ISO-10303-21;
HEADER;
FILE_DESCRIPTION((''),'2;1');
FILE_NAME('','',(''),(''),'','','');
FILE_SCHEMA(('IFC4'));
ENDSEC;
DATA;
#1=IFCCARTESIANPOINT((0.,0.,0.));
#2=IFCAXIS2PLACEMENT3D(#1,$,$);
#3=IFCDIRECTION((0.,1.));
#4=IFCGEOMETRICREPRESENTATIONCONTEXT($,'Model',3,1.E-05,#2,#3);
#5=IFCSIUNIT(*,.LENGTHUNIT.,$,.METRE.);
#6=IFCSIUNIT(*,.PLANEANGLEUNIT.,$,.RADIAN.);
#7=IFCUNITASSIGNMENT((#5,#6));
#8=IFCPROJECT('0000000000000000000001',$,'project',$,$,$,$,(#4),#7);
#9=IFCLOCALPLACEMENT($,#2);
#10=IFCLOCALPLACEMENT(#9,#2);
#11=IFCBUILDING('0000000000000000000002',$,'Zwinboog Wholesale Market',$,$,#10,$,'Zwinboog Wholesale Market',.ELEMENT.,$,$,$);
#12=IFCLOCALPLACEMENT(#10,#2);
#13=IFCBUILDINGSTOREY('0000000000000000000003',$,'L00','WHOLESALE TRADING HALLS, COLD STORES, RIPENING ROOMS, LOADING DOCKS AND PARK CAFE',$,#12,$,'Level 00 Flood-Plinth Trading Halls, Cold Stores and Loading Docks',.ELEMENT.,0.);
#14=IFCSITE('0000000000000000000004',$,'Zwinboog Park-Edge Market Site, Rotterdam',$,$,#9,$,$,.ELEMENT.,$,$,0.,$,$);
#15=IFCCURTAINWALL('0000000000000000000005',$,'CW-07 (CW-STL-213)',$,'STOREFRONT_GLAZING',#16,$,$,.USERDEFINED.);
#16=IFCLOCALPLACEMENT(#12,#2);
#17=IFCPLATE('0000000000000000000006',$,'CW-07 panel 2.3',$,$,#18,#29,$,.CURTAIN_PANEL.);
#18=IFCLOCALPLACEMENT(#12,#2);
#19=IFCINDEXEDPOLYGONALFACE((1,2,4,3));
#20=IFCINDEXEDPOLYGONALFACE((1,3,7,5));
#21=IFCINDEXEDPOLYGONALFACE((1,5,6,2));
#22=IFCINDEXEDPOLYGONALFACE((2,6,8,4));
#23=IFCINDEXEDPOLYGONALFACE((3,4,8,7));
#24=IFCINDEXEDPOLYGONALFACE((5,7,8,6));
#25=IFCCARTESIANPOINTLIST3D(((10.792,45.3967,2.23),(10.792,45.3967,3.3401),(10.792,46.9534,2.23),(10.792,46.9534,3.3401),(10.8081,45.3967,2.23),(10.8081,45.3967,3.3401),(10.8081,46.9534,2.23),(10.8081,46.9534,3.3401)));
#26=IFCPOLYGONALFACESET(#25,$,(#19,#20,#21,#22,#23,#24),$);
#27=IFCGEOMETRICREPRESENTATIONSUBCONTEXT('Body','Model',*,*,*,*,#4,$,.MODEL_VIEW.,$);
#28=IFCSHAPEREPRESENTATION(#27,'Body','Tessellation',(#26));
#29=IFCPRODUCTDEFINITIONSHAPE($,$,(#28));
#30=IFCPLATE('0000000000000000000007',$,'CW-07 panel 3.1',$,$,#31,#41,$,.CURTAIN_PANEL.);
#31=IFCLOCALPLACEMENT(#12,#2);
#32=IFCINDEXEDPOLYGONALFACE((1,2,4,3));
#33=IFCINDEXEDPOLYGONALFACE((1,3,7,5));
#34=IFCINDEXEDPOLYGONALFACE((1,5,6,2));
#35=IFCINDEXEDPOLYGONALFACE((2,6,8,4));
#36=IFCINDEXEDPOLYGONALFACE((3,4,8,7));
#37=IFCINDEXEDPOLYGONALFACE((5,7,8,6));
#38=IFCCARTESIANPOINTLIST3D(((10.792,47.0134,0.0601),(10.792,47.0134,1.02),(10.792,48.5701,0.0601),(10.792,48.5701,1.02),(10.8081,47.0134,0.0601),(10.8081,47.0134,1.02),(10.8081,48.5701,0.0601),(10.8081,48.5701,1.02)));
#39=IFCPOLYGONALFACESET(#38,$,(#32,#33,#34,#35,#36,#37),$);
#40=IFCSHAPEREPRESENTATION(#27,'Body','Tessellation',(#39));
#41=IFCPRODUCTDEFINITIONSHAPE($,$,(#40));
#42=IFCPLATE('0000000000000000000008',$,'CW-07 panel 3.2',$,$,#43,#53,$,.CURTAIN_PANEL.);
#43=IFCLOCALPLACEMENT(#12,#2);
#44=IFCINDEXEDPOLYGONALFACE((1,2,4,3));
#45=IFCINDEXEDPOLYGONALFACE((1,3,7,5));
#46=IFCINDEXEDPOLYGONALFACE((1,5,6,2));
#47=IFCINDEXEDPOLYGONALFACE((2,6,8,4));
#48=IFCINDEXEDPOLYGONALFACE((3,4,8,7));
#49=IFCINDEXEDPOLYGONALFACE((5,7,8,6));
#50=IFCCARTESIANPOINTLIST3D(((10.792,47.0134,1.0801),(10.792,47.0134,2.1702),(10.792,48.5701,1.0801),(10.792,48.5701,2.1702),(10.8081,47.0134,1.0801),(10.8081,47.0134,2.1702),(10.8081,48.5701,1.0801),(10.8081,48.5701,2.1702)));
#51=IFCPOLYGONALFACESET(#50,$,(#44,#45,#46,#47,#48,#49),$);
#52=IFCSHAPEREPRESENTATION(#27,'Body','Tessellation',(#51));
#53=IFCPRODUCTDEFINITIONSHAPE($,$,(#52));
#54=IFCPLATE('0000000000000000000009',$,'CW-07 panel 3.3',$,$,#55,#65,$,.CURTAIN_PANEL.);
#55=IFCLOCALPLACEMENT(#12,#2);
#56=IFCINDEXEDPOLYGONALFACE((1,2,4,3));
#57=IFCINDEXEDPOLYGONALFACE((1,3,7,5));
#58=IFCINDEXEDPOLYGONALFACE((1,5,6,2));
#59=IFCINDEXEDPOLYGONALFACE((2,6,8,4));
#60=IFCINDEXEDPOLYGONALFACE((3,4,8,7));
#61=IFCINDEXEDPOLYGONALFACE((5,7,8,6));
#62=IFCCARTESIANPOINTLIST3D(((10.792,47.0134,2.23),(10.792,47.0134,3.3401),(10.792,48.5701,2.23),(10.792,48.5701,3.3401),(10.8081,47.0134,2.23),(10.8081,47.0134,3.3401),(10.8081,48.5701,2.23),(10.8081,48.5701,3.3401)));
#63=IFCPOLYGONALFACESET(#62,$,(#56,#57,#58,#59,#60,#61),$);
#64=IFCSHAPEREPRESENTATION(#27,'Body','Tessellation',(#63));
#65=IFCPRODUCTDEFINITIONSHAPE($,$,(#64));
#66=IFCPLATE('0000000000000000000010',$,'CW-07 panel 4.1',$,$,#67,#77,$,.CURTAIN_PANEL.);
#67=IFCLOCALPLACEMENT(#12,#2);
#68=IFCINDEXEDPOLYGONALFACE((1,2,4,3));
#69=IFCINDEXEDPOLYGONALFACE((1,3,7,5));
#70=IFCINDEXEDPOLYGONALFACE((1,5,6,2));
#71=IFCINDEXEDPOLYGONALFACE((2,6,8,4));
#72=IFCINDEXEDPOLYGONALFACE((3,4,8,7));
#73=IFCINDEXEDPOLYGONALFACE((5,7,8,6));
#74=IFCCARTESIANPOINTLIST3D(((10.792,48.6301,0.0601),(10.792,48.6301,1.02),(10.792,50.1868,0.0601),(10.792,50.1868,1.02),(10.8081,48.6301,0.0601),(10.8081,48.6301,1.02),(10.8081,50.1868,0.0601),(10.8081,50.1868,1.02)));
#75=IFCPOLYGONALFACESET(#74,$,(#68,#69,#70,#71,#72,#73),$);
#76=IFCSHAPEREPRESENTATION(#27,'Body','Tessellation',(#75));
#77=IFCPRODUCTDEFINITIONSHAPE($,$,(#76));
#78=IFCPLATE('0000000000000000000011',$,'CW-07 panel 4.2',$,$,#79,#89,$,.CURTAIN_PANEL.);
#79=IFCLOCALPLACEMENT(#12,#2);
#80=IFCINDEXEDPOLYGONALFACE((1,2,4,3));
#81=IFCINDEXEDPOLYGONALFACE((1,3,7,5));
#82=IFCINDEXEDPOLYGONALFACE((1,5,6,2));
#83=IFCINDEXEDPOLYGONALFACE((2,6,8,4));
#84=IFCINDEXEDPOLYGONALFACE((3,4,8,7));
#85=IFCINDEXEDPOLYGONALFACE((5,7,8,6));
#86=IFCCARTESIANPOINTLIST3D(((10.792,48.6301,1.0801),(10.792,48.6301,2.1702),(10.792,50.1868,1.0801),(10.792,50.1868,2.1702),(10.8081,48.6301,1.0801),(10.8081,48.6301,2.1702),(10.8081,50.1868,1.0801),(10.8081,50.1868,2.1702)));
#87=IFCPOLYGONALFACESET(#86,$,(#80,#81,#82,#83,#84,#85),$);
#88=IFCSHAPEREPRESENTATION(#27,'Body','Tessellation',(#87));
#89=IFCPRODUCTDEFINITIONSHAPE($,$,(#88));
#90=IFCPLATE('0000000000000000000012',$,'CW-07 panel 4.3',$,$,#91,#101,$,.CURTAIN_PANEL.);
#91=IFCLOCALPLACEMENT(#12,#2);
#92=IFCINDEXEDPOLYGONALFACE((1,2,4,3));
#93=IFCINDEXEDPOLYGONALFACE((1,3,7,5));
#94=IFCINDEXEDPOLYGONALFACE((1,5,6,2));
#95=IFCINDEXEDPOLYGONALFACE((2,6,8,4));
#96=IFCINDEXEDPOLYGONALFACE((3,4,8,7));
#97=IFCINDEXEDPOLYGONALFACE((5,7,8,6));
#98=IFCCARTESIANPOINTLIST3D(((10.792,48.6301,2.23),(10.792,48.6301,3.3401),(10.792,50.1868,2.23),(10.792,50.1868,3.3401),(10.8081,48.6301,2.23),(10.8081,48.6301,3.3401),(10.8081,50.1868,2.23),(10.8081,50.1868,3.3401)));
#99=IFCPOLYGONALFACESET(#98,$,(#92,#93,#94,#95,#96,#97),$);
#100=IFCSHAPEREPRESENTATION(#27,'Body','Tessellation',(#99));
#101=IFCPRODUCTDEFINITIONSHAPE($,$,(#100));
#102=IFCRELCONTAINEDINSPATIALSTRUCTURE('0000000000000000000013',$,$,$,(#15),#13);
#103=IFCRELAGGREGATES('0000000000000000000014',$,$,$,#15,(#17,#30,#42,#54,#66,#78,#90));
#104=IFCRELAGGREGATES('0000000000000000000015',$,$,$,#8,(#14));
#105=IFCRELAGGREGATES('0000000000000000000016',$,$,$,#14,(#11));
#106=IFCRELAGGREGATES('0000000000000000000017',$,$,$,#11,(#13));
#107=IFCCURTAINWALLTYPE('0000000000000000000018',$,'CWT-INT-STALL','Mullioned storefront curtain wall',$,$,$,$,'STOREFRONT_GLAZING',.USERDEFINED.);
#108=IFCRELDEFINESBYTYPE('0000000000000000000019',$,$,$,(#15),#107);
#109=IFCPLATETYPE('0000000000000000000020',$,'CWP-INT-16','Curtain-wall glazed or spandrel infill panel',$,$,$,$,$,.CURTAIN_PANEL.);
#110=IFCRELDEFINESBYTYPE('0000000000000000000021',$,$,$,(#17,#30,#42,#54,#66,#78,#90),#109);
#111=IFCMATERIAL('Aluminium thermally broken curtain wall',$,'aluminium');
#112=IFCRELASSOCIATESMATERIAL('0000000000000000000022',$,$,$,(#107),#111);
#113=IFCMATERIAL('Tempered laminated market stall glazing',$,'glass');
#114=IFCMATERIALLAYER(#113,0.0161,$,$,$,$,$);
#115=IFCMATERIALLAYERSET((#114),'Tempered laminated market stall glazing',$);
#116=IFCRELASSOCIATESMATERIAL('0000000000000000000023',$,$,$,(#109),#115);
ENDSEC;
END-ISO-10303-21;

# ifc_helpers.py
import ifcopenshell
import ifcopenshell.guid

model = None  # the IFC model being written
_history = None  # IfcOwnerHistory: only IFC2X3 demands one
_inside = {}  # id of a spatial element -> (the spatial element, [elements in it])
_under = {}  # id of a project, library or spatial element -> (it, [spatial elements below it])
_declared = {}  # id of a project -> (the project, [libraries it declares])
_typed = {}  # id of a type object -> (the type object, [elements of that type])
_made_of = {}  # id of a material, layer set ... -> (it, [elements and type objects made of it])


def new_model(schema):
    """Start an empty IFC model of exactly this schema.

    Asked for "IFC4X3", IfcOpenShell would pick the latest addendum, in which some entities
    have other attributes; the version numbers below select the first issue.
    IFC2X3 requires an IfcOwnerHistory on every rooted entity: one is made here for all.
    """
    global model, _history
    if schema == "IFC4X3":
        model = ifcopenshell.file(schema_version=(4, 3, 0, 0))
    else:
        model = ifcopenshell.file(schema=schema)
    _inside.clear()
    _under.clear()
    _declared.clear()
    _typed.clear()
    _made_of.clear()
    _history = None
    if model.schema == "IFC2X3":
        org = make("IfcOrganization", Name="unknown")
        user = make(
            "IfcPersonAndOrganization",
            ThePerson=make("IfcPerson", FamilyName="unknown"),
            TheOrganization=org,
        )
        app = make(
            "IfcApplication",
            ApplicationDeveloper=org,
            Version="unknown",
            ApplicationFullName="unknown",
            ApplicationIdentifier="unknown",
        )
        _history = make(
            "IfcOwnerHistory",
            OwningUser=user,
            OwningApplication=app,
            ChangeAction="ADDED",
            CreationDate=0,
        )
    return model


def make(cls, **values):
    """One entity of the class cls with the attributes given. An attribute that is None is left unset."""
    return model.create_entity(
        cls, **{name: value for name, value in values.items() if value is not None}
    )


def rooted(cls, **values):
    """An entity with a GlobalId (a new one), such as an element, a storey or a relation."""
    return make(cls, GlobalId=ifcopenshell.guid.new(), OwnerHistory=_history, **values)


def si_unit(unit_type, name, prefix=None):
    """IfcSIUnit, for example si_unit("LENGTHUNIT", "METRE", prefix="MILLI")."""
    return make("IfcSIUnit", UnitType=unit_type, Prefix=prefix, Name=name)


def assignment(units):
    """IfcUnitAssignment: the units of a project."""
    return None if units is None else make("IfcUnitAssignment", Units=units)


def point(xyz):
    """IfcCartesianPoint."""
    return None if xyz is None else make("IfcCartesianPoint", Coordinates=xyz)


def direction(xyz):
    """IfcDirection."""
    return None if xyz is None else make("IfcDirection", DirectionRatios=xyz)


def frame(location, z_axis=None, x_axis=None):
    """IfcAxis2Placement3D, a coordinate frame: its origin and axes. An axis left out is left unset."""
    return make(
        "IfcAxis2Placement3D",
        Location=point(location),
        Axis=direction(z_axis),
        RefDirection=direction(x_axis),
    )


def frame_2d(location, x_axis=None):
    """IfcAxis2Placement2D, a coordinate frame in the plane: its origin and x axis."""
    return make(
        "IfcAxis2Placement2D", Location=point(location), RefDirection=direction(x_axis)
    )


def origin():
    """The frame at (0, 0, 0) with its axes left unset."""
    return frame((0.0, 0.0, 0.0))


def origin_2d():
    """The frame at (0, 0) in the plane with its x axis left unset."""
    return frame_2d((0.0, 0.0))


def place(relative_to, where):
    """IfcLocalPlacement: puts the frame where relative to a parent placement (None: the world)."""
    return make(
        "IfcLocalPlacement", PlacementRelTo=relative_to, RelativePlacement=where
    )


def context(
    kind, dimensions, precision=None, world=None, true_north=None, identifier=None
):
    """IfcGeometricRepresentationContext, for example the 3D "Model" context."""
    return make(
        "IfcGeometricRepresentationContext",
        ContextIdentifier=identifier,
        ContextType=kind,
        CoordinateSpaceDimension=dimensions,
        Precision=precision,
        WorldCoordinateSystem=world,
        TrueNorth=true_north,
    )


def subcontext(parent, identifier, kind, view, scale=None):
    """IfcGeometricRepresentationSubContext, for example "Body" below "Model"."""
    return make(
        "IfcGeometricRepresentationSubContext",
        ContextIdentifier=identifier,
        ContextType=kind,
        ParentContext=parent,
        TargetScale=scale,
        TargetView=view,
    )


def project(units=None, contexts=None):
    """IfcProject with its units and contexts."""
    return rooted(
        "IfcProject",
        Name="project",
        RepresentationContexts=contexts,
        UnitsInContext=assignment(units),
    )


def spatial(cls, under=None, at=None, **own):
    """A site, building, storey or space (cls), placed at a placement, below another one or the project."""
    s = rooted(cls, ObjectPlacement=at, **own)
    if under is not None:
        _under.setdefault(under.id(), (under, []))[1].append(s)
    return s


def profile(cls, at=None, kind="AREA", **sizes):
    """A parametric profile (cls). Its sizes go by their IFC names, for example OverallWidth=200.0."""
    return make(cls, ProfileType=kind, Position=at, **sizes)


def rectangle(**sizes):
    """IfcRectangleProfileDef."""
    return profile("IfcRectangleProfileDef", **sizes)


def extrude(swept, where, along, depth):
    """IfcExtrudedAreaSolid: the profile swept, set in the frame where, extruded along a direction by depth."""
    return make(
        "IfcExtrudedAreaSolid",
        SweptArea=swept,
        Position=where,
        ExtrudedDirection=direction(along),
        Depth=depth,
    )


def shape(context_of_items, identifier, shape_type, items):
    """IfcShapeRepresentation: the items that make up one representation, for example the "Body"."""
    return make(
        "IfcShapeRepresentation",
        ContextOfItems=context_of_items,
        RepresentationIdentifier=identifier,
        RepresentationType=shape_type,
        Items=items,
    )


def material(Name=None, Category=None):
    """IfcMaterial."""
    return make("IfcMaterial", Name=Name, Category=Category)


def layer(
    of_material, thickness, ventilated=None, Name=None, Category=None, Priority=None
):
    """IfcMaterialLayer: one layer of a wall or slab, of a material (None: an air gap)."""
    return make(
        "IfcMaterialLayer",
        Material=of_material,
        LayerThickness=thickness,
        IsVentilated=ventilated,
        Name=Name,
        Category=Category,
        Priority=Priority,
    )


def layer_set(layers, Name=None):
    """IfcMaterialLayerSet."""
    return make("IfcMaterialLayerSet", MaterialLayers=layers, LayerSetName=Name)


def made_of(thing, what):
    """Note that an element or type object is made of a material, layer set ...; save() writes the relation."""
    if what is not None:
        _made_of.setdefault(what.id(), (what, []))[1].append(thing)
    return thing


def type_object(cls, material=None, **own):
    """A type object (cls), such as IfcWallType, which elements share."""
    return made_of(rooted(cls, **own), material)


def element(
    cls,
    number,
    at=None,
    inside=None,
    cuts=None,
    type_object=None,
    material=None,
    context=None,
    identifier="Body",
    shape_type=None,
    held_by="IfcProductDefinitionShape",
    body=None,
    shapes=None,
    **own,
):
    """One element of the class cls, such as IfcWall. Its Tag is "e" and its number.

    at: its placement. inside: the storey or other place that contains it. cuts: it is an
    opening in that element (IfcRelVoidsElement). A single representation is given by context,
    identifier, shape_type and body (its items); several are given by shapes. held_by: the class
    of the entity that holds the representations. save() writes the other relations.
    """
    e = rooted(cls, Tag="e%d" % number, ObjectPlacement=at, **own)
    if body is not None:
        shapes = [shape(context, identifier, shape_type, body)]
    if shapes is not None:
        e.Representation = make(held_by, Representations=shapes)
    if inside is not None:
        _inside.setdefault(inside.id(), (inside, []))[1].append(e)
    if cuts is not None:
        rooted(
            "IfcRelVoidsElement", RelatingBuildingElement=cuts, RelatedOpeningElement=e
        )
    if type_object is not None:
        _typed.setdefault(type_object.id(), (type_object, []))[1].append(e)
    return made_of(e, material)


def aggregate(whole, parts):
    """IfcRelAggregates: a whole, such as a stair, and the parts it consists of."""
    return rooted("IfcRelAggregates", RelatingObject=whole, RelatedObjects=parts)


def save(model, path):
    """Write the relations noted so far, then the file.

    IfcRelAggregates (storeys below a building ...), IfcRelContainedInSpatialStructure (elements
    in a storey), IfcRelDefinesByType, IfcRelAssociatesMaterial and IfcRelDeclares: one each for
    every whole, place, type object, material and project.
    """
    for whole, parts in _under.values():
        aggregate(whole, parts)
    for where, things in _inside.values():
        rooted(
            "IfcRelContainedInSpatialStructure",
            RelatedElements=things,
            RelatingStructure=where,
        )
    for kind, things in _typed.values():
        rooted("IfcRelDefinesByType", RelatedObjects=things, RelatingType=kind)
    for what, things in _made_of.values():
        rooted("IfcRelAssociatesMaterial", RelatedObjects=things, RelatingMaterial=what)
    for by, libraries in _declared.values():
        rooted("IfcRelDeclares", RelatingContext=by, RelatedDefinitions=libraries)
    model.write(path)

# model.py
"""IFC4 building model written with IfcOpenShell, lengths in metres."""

from ifc_helpers import new_model, si_unit, direction, frame, origin, origin_2d, place, context, subcontext, project, spatial, rectangle, extrude, material, layer, layer_set, type_object, element, aggregate, save


model = new_model("IFC4")

# Units and contexts
model_context = context("Model", 3, precision=1e-05, world=origin(), true_north=direction((0.0, 1.0)))
body_context = subcontext(model_context, "Body", "Model", "MODEL_VIEW")
ifc_project = project(units=[si_unit("LENGTHUNIT", "METRE"), si_unit("PLANEANGLEUNIT", "RADIAN")], contexts=[model_context])

# Site, building, storey
site_placement = place(None, origin())
site = spatial("IfcSite", under=ifc_project, at=site_placement, Name="Zwinboog Park-Edge Market Site, Rotterdam", CompositionType="ELEMENT", RefElevation=0.0)
building_placement = place(site_placement, origin())
building = spatial("IfcBuilding", under=site, at=building_placement, Name="Zwinboog Wholesale Market", LongName="Zwinboog Wholesale Market", CompositionType="ELEMENT")
storey_placement = place(building_placement, origin())
storey = spatial("IfcBuildingStorey", under=building, at=storey_placement, Name="L00", Description="WHOLESALE TRADING HALLS, COLD STORES, RIPENING ROOMS, LOADING DOCKS AND PARK CAFE", LongName="Level 00 Flood-Plinth Trading Halls, Cold Stores and Loading Docks", CompositionType="ELEMENT", Elevation=0.0)

# Curtain wall, plates
ifc_material_1 = material(Name="Aluminium thermally broken curtain wall", Category="aluminium")
curtain_wall_type = type_object("IfcCurtainWallType", Name="CWT-INT-STALL", Description="Mullioned storefront curtain wall", ElementType="STOREFRONT_GLAZING", PredefinedType="USERDEFINED", material=ifc_material_1)
curtain_wall_placement = place(storey_placement, origin())
curtain_wall = element("IfcCurtainWall", 1, at=curtain_wall_placement, inside=storey, type_object=curtain_wall_type, Name="CW-07 (CW-STL-213)", ObjectType="STOREFRONT_GLAZING", PredefinedType="USERDEFINED")
ifc_material_2 = material(Name="Tempered laminated market stall glazing", Category="glass")
ifc_layer = layer(ifc_material_2, 0.0161)
ifc_layer_set = layer_set([ifc_layer], Name="Tempered laminated market stall glazing")
plate_type = type_object("IfcPlateType", Name="CWP-INT-16", Description="Curtain-wall glazed or spandrel infill panel", PredefinedType="CURTAIN_PANEL", material=ifc_layer_set)
plate_1_placement = place(storey_placement, frame((10.8, 46.175, 2.23), z_axis=(0.0, 0.0, 1.0), x_axis=(0.0, 1.0, 0.0)))
plate_1 = element("IfcPlate", 2, at=plate_1_placement, type_object=plate_type, Name="CW-07 panel 2.3", PredefinedType="CURTAIN_PANEL", context=body_context, shape_type="SweptSolid", body=[
    extrude(rectangle(XDim=1.5566, YDim=0.0161, at=origin_2d()), origin(), (0.0, 0.0, 1.0), 1.1101),
])
plate_2_placement = place(storey_placement, frame((10.8, 47.7917, 0.0601), z_axis=(0.0, 0.0, 1.0), x_axis=(0.0, 1.0, 0.0)))
plate_2 = element("IfcPlate", 3, at=plate_2_placement, type_object=plate_type, Name="CW-07 panel 3.1", PredefinedType="CURTAIN_PANEL", context=body_context, shape_type="SweptSolid", body=[
    extrude(rectangle(XDim=1.5566, YDim=0.0161, at=origin_2d()), origin(), (0.0, 0.0, 1.0), 0.96),
])
plate_3_placement = place(storey_placement, frame((10.8, 47.7917, 1.0801), z_axis=(0.0, 0.0, 1.0), x_axis=(0.0, 1.0, 0.0)))
plate_3 = element("IfcPlate", 4, at=plate_3_placement, type_object=plate_type, Name="CW-07 panel 3.2", PredefinedType="CURTAIN_PANEL", context=body_context, shape_type="SweptSolid", body=[
    extrude(rectangle(XDim=1.5566, YDim=0.0161, at=origin_2d()), origin(), (0.0, 0.0, 1.0), 1.0901),
])
plate_4_placement = place(storey_placement, frame((10.8, 47.7917, 2.23), z_axis=(0.0, 0.0, 1.0), x_axis=(0.0, 1.0, 0.0)))
plate_4 = element("IfcPlate", 5, at=plate_4_placement, type_object=plate_type, Name="CW-07 panel 3.3", PredefinedType="CURTAIN_PANEL", context=body_context, shape_type="SweptSolid", body=[
    extrude(rectangle(XDim=1.5566, YDim=0.0161, at=origin_2d()), origin(), (0.0, 0.0, 1.0), 1.1101),
])
plate_5_placement = place(storey_placement, frame((10.8, 49.4084, 0.0601), z_axis=(0.0, 0.0, 1.0), x_axis=(0.0, 1.0, 0.0)))
plate_5 = element("IfcPlate", 6, at=plate_5_placement, type_object=plate_type, Name="CW-07 panel 4.1", PredefinedType="CURTAIN_PANEL", context=body_context, shape_type="SweptSolid", body=[
    extrude(rectangle(XDim=1.5566, YDim=0.0161, at=origin_2d()), origin(), (0.0, 0.0, 1.0), 0.96),
])
plate_6_placement = place(storey_placement, frame((10.8, 49.4084, 1.0801), z_axis=(0.0, 0.0, 1.0), x_axis=(0.0, 1.0, 0.0)))
plate_6 = element("IfcPlate", 7, at=plate_6_placement, type_object=plate_type, Name="CW-07 panel 4.2", PredefinedType="CURTAIN_PANEL", context=body_context, shape_type="SweptSolid", body=[
    extrude(rectangle(XDim=1.5566, YDim=0.0161, at=origin_2d()), origin(), (0.0, 0.0, 1.0), 1.0901),
])
plate_7_placement = place(storey_placement, frame((10.8, 49.4084, 2.23), z_axis=(0.0, 0.0, 1.0), x_axis=(0.0, 1.0, 0.0)))
plate_7 = element("IfcPlate", 8, at=plate_7_placement, type_object=plate_type, Name="CW-07 panel 4.3", PredefinedType="CURTAIN_PANEL", context=body_context, shape_type="SweptSolid", body=[
    extrude(rectangle(XDim=1.5566, YDim=0.0161, at=origin_2d()), origin(), (0.0, 0.0, 1.0), 1.1101),
])
aggregate(curtain_wall, [plate_1, plate_2, plate_3, plate_4, plate_5, plate_6, plate_7])

save(model, "model.ifc")
